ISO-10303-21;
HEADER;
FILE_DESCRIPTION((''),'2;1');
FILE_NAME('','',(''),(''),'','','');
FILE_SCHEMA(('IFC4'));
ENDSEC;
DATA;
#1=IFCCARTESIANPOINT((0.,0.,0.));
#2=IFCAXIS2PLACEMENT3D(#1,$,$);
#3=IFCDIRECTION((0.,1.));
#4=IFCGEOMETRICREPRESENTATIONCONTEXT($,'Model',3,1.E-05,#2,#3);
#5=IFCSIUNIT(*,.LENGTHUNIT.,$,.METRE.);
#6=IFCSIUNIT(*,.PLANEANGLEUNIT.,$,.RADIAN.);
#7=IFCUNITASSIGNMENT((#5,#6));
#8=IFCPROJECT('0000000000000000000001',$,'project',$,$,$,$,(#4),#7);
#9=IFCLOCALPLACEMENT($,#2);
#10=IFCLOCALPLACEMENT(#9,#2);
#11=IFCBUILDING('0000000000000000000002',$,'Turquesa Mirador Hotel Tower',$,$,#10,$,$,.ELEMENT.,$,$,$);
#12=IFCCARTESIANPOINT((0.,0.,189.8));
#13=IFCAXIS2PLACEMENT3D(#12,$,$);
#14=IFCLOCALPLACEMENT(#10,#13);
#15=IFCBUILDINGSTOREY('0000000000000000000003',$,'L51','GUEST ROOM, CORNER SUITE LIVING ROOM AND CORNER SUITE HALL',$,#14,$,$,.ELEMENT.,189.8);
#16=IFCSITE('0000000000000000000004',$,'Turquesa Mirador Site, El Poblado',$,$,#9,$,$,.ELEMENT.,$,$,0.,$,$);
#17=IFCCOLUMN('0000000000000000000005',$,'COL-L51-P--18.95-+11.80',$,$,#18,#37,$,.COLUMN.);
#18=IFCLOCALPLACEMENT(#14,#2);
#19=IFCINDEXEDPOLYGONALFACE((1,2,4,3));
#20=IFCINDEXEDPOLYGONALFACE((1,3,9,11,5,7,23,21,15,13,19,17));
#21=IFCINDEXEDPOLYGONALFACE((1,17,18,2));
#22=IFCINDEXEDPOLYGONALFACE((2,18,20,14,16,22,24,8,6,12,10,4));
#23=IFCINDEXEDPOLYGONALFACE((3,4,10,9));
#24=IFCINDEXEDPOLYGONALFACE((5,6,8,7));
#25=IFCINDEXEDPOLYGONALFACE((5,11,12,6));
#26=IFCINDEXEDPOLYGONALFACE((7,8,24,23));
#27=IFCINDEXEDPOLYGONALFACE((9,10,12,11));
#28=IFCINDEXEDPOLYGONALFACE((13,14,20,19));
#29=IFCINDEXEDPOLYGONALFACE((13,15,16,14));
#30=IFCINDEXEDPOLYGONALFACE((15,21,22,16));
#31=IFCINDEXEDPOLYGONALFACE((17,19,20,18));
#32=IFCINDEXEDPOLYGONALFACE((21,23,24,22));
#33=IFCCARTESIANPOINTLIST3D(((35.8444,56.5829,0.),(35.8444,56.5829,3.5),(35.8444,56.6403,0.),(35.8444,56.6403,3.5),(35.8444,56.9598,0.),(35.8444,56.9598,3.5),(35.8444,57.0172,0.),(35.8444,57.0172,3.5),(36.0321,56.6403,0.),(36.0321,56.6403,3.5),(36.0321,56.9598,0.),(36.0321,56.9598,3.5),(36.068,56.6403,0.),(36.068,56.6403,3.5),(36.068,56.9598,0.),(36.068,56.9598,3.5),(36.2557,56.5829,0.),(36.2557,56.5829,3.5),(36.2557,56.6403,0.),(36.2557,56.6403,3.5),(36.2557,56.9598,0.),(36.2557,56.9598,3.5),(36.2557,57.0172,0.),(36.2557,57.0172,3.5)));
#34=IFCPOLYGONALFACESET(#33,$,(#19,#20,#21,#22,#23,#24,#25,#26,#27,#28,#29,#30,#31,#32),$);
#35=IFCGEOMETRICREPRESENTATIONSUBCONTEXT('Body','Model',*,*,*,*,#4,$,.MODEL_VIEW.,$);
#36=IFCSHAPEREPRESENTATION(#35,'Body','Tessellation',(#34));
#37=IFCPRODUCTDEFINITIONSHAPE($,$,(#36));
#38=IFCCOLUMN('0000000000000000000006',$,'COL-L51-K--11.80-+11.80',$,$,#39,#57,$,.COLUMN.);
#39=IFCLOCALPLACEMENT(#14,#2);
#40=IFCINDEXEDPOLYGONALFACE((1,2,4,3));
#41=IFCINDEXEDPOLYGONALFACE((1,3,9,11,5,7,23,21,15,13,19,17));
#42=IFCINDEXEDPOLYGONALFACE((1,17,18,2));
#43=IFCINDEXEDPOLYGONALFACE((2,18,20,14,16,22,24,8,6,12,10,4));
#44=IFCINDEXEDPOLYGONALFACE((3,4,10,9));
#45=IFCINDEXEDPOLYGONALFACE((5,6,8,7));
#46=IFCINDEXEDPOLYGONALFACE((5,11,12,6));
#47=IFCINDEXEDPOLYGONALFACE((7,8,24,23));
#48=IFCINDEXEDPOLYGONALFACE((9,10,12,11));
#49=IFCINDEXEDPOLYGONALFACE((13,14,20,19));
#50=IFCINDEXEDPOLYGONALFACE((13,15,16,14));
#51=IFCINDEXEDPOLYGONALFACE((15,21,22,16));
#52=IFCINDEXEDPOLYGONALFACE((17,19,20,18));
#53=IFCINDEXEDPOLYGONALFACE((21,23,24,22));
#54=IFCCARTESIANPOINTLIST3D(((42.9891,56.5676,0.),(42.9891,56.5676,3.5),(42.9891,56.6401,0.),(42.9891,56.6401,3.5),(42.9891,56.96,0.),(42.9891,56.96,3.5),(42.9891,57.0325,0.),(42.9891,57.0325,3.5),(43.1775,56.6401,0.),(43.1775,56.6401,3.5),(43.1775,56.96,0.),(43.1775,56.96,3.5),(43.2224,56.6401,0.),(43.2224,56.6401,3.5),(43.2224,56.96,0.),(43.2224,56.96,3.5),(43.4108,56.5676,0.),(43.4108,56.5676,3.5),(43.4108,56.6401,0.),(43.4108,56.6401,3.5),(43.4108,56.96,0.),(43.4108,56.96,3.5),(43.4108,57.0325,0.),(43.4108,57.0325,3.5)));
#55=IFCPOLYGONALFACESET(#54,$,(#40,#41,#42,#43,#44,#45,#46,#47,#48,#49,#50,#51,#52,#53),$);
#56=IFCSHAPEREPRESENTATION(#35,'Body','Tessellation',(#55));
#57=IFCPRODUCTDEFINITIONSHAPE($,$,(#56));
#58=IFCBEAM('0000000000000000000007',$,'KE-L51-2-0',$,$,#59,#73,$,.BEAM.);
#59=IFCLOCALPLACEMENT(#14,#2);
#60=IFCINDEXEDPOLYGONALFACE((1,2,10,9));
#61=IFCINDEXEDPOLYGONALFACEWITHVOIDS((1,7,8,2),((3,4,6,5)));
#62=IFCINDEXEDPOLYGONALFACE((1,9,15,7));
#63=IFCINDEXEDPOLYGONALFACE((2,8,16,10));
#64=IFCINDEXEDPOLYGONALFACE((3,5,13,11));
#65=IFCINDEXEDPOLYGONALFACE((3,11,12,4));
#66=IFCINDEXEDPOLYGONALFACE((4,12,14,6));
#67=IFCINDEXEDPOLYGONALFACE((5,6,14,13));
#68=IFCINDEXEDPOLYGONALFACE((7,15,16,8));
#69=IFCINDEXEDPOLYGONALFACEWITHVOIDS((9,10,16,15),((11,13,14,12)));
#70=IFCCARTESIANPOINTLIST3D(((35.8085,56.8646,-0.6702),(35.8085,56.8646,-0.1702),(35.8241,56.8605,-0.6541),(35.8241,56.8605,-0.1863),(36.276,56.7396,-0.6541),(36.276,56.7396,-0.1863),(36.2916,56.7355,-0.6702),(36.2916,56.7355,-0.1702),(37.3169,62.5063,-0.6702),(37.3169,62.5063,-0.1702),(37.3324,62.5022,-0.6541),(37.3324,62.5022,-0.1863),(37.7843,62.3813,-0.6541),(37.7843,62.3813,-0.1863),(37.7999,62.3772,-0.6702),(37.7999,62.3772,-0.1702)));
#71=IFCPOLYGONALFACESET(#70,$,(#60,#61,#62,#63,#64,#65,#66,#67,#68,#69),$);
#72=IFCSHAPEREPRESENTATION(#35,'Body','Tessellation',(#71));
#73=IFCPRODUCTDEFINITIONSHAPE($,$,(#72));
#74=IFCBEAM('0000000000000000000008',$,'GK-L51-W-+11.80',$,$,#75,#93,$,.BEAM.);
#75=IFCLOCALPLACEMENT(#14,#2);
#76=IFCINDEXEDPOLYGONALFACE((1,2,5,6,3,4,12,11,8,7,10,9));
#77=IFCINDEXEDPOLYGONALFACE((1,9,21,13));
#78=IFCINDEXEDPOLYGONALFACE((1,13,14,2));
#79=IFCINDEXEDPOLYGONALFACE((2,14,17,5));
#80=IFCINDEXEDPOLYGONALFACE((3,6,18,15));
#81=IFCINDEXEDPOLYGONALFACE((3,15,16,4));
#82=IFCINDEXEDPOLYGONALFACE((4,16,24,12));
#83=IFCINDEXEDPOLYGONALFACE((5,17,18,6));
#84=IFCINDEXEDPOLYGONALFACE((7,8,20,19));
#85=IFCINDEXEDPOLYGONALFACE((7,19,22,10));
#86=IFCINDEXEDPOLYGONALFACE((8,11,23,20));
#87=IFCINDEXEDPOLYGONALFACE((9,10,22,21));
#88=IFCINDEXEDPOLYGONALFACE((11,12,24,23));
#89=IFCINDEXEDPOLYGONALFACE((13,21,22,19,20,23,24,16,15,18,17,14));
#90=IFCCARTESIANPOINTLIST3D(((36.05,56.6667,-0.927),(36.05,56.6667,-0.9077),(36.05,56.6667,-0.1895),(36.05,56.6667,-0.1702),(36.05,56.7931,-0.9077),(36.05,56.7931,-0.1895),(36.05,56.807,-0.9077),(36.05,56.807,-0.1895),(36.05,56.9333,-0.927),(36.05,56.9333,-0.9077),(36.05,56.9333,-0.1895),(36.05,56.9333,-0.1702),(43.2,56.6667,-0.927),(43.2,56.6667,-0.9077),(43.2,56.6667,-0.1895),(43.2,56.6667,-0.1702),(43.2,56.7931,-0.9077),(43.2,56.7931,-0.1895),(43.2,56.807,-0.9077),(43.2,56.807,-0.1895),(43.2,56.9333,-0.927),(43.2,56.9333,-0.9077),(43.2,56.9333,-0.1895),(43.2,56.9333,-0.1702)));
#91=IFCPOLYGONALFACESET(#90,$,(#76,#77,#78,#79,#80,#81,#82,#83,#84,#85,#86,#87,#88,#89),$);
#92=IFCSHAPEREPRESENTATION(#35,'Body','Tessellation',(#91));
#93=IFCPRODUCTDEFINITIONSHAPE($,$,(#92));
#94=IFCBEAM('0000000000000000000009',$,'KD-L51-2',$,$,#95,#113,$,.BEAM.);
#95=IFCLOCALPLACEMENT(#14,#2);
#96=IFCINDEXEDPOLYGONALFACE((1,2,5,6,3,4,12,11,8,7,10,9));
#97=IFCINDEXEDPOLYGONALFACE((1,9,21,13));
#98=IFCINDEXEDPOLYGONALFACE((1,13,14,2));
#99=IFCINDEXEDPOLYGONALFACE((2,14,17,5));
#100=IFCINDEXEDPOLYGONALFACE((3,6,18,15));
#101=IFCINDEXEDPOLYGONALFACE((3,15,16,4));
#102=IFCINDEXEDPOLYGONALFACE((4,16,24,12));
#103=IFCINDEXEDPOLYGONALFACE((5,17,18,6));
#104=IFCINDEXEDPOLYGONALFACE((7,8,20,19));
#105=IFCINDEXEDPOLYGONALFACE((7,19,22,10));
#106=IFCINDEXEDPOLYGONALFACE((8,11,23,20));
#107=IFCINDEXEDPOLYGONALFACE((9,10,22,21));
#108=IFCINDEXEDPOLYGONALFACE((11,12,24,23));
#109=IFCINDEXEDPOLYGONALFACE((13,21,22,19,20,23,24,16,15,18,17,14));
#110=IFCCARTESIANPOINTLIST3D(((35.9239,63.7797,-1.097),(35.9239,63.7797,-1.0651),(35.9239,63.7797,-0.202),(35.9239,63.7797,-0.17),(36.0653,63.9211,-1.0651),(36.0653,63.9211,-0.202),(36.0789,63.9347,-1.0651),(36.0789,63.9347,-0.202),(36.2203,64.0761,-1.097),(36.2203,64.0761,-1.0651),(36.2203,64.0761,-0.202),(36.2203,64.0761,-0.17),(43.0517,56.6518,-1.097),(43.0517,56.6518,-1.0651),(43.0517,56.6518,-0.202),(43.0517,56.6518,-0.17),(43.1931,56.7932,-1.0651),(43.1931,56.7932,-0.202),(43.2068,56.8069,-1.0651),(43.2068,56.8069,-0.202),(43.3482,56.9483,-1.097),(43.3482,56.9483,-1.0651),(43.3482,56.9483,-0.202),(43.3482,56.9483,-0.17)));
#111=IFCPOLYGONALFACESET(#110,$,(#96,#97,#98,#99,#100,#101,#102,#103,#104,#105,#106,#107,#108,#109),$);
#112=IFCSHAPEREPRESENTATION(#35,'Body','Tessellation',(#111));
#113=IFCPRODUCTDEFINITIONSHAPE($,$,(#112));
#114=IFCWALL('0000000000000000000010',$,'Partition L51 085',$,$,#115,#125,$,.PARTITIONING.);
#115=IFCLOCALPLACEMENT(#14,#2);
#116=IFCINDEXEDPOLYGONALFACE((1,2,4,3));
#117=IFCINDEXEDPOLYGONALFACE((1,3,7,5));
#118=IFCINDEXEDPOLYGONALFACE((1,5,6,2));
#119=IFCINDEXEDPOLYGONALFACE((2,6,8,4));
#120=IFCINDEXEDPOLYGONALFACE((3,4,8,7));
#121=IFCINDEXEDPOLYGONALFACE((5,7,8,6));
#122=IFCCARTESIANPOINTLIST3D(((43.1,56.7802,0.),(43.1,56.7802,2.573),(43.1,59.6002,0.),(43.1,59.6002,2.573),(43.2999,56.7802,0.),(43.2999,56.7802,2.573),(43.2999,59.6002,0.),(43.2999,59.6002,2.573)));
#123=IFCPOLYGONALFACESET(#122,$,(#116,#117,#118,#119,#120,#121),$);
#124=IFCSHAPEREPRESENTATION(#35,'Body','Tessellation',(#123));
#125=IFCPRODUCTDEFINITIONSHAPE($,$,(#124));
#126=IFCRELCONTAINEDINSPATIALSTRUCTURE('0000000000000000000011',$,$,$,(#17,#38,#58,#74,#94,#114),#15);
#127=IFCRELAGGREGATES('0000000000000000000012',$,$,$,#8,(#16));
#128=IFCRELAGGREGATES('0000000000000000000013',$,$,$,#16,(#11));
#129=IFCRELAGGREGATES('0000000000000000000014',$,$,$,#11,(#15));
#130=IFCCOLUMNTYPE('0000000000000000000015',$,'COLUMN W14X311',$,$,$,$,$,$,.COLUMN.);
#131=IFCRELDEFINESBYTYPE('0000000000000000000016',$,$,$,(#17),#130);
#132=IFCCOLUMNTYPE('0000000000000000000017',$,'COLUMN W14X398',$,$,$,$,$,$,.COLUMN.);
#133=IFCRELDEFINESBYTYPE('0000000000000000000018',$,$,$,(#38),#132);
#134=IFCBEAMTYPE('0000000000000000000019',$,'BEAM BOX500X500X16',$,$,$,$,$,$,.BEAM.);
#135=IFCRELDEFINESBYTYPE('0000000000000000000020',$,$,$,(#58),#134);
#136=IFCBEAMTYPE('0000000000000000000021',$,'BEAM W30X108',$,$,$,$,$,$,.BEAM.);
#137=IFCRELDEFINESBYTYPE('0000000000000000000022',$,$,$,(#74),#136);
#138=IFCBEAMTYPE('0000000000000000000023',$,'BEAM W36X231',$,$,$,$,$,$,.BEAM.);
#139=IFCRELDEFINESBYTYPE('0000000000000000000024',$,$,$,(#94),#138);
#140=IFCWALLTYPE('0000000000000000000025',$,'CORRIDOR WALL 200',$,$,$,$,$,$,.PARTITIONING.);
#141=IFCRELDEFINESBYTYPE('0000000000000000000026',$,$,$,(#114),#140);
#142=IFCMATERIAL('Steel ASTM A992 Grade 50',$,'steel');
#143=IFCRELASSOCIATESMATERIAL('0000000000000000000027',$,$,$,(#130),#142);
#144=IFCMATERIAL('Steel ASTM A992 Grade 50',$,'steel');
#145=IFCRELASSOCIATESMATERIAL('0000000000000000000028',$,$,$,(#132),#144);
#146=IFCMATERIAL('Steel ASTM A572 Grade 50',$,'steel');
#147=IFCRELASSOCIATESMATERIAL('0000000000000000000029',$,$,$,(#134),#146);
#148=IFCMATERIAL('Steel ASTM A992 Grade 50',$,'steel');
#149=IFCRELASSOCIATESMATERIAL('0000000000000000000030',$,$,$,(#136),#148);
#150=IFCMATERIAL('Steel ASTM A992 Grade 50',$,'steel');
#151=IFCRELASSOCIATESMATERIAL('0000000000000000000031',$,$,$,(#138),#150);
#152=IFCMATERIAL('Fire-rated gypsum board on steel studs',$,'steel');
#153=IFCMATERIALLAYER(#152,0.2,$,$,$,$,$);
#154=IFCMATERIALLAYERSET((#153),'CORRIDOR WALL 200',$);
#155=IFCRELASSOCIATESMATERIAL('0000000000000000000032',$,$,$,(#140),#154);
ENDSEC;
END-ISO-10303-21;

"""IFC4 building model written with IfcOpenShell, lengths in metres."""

from ifc_helpers import new_model, si_unit, direction, frame, frame_2d, origin, origin_2d, place, context, subcontext, project, spatial, rectangle, hollow_rectangle, i_section, extrude, material, layer, layer_set, material_profile, profile_set, type_object, element, save


model = new_model("IFC4")

# Units and contexts
model_context = context("Model", 3, precision=1e-05, world=origin(), true_north=direction((0.0, 1.0)))
body_context = subcontext(model_context, "Body", "Model", "MODEL_VIEW")
ifc_project = project(units=[si_unit("LENGTHUNIT", "METRE"), si_unit("PLANEANGLEUNIT", "RADIAN")], contexts=[model_context])

# Site, building, storey
site_placement = place(None, origin())
site = spatial("IfcSite", under=ifc_project, at=site_placement, Name="Turquesa Mirador Site, El Poblado", CompositionType="ELEMENT", RefElevation=0.0)
building_placement = place(site_placement, origin())
building = spatial("IfcBuilding", under=site, at=building_placement, Name="Turquesa Mirador Hotel Tower", CompositionType="ELEMENT")
storey_placement = place(building_placement, frame((0.0, 0.0, 189.8)))
storey = spatial("IfcBuildingStorey", under=building, at=storey_placement, Name="L51", Description="GUEST ROOM, CORNER SUITE LIVING ROOM AND CORNER SUITE HALL", CompositionType="ELEMENT", Elevation=189.8)

# Columns
ifc_material_1 = material(Name="Steel ASTM A992 Grade 50", Category="steel")
ifc_material_profile_1 = material_profile(ifc_material_1, i_section(OverallWidth=0.4114, OverallDepth=0.4343, WebThickness=0.0359, FlangeThickness=0.0574, at=origin_2d()), Name="W14X311")
ifc_profile_set_1 = profile_set([ifc_material_profile_1], Name="Steel ASTM A992 Grade 50")
column_type_1 = type_object("IfcColumnType", Name="COLUMN W14X311", PredefinedType="COLUMN", material=ifc_profile_set_1)
column_1_placement = place(storey_placement, frame((36.05, 56.8, 0.0), z_axis=(0.0, 0.0, 1.0), x_axis=(1.0, 0.0, 0.0)))
element("IfcColumn", 1, at=column_1_placement, inside=storey, type_object=column_type_1, Name="COL-L51-P--18.95-+11.80", PredefinedType="COLUMN", context=body_context, shape_type="SweptSolid", body=[
    extrude(i_section(OverallWidth=0.4114, OverallDepth=0.4343, WebThickness=0.0359, FlangeThickness=0.0574, at=origin_2d()), origin(), (0.0, 0.0, 1.0), 3.5),
])
ifc_material_2 = material(Name="Steel ASTM A992 Grade 50", Category="steel")
ifc_material_profile_2 = material_profile(ifc_material_2, i_section(OverallWidth=0.4216, OverallDepth=0.4648, WebThickness=0.0449, FlangeThickness=0.0725, at=origin_2d()), Name="W14X398")
ifc_profile_set_2 = profile_set([ifc_material_profile_2], Name="Steel ASTM A992 Grade 50")
column_type_2 = type_object("IfcColumnType", Name="COLUMN W14X398", PredefinedType="COLUMN", material=ifc_profile_set_2)
column_2_placement = place(storey_placement, frame((43.2, 56.8, 0.0), z_axis=(0.0, 0.0, 1.0), x_axis=(1.0, 0.0, 0.0)))
element("IfcColumn", 2, at=column_2_placement, inside=storey, type_object=column_type_2, Name="COL-L51-K--11.80-+11.80", PredefinedType="COLUMN", context=body_context, shape_type="SweptSolid", body=[
    extrude(i_section(OverallWidth=0.4216, OverallDepth=0.4648, WebThickness=0.0449, FlangeThickness=0.0725, at=origin_2d()), origin(), (0.0, 0.0, 1.0), 3.5),
])

# Beams
ifc_material_3 = material(Name="Steel ASTM A572 Grade 50", Category="steel")
ifc_material_profile_3 = material_profile(ifc_material_3, hollow_rectangle(XDim=0.5, YDim=0.5, WallThickness=0.0161, at=origin_2d()), Name="BOX500X500X16")
ifc_profile_set_3 = profile_set([ifc_material_profile_3], Name="Steel ASTM A572 Grade 50")
beam_type_1 = type_object("IfcBeamType", Name="BEAM BOX500X500X16", PredefinedType="BEAM", material=ifc_profile_set_3)
beam_1_placement = place(storey_placement, frame((36.05, 56.8, -0.4202), z_axis=(0.258282, 0.96607, 0.0), x_axis=(-0.96607, 0.258282, 0.0)))
element("IfcBeam", 3, at=beam_1_placement, inside=storey, type_object=beam_type_1, Name="KE-L51-2-0", PredefinedType="BEAM", context=body_context, shape_type="SweptSolid", body=[
    extrude(hollow_rectangle(XDim=0.5, YDim=0.5, WallThickness=0.0161, at=origin_2d()), origin(), (0.0, 0.0, 1.0), 5.8398),
])
ifc_material_4 = material(Name="Steel ASTM A992 Grade 50", Category="steel")
ifc_material_profile_4 = material_profile(ifc_material_4, i_section(OverallWidth=0.2666, OverallDepth=0.7568, WebThickness=0.0139, FlangeThickness=0.0193, at=origin_2d()), Name="W30X108")
ifc_profile_set_4 = profile_set([ifc_material_profile_4], Name="Steel ASTM A992 Grade 50")
beam_type_2 = type_object("IfcBeamType", Name="BEAM W30X108", PredefinedType="BEAM", material=ifc_profile_set_4)
beam_2_placement = place(storey_placement, frame((36.05, 56.8, -0.5486), z_axis=(1.0, 0.0, 0.0), x_axis=(0.0, 1.0, 0.0)))
element("IfcBeam", 4, at=beam_2_placement, inside=storey, type_object=beam_type_2, Name="GK-L51-W-+11.80", PredefinedType="BEAM", context=body_context, shape_type="SweptSolid", body=[
    extrude(i_section(OverallWidth=0.2666, OverallDepth=0.7568, WebThickness=0.0139, FlangeThickness=0.0193, at=origin_2d()), origin(), (0.0, 0.0, 1.0), 7.1499),
])
ifc_material_5 = material(Name="Steel ASTM A992 Grade 50", Category="steel")
ifc_material_profile_5 = material_profile(ifc_material_5, i_section(OverallWidth=0.4192, OverallDepth=0.927, WebThickness=0.0193, FlangeThickness=0.032, at=origin_2d()), Name="W36X231")
ifc_profile_set_5 = profile_set([ifc_material_profile_5], Name="Steel ASTM A992 Grade 50")
beam_type_3 = type_object("IfcBeamType", Name="BEAM W36X231", PredefinedType="BEAM", material=ifc_profile_set_5)
beam_3_placement = place(storey_placement, frame((43.2, 56.8, -0.6335), z_axis=(-0.707107, 0.707107, 0.0), x_axis=(-0.707107, -0.707107, 0.0)))
element("IfcBeam", 5, at=beam_3_placement, inside=storey, type_object=beam_type_3, Name="KD-L51-2", PredefinedType="BEAM", context=body_context, shape_type="SweptSolid", body=[
    extrude(i_section(OverallWidth=0.4192, OverallDepth=0.927, WebThickness=0.0193, FlangeThickness=0.032, at=origin_2d()), origin(), (0.0, 0.0, 1.0), 10.0803),
])

# Wall
ifc_material_6 = material(Name="Fire-rated gypsum board on steel studs", Category="steel")
ifc_layer_1 = layer(ifc_material_6, 0.2)
ifc_layer_set_1 = layer_set([ifc_layer_1], Name="CORRIDOR WALL 200")
wall_type_1 = type_object("IfcWallType", Name="CORRIDOR WALL 200", PredefinedType="PARTITIONING", material=ifc_layer_set_1)
wall_1_placement = place(storey_placement, frame((43.2, 56.78, 0.0), z_axis=(0.0, 0.0, 1.0), x_axis=(0.0, 1.0, 0.0)))
element("IfcWall", 6, at=wall_1_placement, inside=storey, type_object=wall_type_1, Name="Partition L51 085", PredefinedType="PARTITIONING", context=body_context, shape_type="SweptSolid", body=[
    extrude(rectangle(XDim=2.8201, YDim=0.2, at=frame_2d((1.4102, 0.0))), origin(), (0.0, 0.0, 1.0), 2.573),
])

save(model, "model.ifc")
